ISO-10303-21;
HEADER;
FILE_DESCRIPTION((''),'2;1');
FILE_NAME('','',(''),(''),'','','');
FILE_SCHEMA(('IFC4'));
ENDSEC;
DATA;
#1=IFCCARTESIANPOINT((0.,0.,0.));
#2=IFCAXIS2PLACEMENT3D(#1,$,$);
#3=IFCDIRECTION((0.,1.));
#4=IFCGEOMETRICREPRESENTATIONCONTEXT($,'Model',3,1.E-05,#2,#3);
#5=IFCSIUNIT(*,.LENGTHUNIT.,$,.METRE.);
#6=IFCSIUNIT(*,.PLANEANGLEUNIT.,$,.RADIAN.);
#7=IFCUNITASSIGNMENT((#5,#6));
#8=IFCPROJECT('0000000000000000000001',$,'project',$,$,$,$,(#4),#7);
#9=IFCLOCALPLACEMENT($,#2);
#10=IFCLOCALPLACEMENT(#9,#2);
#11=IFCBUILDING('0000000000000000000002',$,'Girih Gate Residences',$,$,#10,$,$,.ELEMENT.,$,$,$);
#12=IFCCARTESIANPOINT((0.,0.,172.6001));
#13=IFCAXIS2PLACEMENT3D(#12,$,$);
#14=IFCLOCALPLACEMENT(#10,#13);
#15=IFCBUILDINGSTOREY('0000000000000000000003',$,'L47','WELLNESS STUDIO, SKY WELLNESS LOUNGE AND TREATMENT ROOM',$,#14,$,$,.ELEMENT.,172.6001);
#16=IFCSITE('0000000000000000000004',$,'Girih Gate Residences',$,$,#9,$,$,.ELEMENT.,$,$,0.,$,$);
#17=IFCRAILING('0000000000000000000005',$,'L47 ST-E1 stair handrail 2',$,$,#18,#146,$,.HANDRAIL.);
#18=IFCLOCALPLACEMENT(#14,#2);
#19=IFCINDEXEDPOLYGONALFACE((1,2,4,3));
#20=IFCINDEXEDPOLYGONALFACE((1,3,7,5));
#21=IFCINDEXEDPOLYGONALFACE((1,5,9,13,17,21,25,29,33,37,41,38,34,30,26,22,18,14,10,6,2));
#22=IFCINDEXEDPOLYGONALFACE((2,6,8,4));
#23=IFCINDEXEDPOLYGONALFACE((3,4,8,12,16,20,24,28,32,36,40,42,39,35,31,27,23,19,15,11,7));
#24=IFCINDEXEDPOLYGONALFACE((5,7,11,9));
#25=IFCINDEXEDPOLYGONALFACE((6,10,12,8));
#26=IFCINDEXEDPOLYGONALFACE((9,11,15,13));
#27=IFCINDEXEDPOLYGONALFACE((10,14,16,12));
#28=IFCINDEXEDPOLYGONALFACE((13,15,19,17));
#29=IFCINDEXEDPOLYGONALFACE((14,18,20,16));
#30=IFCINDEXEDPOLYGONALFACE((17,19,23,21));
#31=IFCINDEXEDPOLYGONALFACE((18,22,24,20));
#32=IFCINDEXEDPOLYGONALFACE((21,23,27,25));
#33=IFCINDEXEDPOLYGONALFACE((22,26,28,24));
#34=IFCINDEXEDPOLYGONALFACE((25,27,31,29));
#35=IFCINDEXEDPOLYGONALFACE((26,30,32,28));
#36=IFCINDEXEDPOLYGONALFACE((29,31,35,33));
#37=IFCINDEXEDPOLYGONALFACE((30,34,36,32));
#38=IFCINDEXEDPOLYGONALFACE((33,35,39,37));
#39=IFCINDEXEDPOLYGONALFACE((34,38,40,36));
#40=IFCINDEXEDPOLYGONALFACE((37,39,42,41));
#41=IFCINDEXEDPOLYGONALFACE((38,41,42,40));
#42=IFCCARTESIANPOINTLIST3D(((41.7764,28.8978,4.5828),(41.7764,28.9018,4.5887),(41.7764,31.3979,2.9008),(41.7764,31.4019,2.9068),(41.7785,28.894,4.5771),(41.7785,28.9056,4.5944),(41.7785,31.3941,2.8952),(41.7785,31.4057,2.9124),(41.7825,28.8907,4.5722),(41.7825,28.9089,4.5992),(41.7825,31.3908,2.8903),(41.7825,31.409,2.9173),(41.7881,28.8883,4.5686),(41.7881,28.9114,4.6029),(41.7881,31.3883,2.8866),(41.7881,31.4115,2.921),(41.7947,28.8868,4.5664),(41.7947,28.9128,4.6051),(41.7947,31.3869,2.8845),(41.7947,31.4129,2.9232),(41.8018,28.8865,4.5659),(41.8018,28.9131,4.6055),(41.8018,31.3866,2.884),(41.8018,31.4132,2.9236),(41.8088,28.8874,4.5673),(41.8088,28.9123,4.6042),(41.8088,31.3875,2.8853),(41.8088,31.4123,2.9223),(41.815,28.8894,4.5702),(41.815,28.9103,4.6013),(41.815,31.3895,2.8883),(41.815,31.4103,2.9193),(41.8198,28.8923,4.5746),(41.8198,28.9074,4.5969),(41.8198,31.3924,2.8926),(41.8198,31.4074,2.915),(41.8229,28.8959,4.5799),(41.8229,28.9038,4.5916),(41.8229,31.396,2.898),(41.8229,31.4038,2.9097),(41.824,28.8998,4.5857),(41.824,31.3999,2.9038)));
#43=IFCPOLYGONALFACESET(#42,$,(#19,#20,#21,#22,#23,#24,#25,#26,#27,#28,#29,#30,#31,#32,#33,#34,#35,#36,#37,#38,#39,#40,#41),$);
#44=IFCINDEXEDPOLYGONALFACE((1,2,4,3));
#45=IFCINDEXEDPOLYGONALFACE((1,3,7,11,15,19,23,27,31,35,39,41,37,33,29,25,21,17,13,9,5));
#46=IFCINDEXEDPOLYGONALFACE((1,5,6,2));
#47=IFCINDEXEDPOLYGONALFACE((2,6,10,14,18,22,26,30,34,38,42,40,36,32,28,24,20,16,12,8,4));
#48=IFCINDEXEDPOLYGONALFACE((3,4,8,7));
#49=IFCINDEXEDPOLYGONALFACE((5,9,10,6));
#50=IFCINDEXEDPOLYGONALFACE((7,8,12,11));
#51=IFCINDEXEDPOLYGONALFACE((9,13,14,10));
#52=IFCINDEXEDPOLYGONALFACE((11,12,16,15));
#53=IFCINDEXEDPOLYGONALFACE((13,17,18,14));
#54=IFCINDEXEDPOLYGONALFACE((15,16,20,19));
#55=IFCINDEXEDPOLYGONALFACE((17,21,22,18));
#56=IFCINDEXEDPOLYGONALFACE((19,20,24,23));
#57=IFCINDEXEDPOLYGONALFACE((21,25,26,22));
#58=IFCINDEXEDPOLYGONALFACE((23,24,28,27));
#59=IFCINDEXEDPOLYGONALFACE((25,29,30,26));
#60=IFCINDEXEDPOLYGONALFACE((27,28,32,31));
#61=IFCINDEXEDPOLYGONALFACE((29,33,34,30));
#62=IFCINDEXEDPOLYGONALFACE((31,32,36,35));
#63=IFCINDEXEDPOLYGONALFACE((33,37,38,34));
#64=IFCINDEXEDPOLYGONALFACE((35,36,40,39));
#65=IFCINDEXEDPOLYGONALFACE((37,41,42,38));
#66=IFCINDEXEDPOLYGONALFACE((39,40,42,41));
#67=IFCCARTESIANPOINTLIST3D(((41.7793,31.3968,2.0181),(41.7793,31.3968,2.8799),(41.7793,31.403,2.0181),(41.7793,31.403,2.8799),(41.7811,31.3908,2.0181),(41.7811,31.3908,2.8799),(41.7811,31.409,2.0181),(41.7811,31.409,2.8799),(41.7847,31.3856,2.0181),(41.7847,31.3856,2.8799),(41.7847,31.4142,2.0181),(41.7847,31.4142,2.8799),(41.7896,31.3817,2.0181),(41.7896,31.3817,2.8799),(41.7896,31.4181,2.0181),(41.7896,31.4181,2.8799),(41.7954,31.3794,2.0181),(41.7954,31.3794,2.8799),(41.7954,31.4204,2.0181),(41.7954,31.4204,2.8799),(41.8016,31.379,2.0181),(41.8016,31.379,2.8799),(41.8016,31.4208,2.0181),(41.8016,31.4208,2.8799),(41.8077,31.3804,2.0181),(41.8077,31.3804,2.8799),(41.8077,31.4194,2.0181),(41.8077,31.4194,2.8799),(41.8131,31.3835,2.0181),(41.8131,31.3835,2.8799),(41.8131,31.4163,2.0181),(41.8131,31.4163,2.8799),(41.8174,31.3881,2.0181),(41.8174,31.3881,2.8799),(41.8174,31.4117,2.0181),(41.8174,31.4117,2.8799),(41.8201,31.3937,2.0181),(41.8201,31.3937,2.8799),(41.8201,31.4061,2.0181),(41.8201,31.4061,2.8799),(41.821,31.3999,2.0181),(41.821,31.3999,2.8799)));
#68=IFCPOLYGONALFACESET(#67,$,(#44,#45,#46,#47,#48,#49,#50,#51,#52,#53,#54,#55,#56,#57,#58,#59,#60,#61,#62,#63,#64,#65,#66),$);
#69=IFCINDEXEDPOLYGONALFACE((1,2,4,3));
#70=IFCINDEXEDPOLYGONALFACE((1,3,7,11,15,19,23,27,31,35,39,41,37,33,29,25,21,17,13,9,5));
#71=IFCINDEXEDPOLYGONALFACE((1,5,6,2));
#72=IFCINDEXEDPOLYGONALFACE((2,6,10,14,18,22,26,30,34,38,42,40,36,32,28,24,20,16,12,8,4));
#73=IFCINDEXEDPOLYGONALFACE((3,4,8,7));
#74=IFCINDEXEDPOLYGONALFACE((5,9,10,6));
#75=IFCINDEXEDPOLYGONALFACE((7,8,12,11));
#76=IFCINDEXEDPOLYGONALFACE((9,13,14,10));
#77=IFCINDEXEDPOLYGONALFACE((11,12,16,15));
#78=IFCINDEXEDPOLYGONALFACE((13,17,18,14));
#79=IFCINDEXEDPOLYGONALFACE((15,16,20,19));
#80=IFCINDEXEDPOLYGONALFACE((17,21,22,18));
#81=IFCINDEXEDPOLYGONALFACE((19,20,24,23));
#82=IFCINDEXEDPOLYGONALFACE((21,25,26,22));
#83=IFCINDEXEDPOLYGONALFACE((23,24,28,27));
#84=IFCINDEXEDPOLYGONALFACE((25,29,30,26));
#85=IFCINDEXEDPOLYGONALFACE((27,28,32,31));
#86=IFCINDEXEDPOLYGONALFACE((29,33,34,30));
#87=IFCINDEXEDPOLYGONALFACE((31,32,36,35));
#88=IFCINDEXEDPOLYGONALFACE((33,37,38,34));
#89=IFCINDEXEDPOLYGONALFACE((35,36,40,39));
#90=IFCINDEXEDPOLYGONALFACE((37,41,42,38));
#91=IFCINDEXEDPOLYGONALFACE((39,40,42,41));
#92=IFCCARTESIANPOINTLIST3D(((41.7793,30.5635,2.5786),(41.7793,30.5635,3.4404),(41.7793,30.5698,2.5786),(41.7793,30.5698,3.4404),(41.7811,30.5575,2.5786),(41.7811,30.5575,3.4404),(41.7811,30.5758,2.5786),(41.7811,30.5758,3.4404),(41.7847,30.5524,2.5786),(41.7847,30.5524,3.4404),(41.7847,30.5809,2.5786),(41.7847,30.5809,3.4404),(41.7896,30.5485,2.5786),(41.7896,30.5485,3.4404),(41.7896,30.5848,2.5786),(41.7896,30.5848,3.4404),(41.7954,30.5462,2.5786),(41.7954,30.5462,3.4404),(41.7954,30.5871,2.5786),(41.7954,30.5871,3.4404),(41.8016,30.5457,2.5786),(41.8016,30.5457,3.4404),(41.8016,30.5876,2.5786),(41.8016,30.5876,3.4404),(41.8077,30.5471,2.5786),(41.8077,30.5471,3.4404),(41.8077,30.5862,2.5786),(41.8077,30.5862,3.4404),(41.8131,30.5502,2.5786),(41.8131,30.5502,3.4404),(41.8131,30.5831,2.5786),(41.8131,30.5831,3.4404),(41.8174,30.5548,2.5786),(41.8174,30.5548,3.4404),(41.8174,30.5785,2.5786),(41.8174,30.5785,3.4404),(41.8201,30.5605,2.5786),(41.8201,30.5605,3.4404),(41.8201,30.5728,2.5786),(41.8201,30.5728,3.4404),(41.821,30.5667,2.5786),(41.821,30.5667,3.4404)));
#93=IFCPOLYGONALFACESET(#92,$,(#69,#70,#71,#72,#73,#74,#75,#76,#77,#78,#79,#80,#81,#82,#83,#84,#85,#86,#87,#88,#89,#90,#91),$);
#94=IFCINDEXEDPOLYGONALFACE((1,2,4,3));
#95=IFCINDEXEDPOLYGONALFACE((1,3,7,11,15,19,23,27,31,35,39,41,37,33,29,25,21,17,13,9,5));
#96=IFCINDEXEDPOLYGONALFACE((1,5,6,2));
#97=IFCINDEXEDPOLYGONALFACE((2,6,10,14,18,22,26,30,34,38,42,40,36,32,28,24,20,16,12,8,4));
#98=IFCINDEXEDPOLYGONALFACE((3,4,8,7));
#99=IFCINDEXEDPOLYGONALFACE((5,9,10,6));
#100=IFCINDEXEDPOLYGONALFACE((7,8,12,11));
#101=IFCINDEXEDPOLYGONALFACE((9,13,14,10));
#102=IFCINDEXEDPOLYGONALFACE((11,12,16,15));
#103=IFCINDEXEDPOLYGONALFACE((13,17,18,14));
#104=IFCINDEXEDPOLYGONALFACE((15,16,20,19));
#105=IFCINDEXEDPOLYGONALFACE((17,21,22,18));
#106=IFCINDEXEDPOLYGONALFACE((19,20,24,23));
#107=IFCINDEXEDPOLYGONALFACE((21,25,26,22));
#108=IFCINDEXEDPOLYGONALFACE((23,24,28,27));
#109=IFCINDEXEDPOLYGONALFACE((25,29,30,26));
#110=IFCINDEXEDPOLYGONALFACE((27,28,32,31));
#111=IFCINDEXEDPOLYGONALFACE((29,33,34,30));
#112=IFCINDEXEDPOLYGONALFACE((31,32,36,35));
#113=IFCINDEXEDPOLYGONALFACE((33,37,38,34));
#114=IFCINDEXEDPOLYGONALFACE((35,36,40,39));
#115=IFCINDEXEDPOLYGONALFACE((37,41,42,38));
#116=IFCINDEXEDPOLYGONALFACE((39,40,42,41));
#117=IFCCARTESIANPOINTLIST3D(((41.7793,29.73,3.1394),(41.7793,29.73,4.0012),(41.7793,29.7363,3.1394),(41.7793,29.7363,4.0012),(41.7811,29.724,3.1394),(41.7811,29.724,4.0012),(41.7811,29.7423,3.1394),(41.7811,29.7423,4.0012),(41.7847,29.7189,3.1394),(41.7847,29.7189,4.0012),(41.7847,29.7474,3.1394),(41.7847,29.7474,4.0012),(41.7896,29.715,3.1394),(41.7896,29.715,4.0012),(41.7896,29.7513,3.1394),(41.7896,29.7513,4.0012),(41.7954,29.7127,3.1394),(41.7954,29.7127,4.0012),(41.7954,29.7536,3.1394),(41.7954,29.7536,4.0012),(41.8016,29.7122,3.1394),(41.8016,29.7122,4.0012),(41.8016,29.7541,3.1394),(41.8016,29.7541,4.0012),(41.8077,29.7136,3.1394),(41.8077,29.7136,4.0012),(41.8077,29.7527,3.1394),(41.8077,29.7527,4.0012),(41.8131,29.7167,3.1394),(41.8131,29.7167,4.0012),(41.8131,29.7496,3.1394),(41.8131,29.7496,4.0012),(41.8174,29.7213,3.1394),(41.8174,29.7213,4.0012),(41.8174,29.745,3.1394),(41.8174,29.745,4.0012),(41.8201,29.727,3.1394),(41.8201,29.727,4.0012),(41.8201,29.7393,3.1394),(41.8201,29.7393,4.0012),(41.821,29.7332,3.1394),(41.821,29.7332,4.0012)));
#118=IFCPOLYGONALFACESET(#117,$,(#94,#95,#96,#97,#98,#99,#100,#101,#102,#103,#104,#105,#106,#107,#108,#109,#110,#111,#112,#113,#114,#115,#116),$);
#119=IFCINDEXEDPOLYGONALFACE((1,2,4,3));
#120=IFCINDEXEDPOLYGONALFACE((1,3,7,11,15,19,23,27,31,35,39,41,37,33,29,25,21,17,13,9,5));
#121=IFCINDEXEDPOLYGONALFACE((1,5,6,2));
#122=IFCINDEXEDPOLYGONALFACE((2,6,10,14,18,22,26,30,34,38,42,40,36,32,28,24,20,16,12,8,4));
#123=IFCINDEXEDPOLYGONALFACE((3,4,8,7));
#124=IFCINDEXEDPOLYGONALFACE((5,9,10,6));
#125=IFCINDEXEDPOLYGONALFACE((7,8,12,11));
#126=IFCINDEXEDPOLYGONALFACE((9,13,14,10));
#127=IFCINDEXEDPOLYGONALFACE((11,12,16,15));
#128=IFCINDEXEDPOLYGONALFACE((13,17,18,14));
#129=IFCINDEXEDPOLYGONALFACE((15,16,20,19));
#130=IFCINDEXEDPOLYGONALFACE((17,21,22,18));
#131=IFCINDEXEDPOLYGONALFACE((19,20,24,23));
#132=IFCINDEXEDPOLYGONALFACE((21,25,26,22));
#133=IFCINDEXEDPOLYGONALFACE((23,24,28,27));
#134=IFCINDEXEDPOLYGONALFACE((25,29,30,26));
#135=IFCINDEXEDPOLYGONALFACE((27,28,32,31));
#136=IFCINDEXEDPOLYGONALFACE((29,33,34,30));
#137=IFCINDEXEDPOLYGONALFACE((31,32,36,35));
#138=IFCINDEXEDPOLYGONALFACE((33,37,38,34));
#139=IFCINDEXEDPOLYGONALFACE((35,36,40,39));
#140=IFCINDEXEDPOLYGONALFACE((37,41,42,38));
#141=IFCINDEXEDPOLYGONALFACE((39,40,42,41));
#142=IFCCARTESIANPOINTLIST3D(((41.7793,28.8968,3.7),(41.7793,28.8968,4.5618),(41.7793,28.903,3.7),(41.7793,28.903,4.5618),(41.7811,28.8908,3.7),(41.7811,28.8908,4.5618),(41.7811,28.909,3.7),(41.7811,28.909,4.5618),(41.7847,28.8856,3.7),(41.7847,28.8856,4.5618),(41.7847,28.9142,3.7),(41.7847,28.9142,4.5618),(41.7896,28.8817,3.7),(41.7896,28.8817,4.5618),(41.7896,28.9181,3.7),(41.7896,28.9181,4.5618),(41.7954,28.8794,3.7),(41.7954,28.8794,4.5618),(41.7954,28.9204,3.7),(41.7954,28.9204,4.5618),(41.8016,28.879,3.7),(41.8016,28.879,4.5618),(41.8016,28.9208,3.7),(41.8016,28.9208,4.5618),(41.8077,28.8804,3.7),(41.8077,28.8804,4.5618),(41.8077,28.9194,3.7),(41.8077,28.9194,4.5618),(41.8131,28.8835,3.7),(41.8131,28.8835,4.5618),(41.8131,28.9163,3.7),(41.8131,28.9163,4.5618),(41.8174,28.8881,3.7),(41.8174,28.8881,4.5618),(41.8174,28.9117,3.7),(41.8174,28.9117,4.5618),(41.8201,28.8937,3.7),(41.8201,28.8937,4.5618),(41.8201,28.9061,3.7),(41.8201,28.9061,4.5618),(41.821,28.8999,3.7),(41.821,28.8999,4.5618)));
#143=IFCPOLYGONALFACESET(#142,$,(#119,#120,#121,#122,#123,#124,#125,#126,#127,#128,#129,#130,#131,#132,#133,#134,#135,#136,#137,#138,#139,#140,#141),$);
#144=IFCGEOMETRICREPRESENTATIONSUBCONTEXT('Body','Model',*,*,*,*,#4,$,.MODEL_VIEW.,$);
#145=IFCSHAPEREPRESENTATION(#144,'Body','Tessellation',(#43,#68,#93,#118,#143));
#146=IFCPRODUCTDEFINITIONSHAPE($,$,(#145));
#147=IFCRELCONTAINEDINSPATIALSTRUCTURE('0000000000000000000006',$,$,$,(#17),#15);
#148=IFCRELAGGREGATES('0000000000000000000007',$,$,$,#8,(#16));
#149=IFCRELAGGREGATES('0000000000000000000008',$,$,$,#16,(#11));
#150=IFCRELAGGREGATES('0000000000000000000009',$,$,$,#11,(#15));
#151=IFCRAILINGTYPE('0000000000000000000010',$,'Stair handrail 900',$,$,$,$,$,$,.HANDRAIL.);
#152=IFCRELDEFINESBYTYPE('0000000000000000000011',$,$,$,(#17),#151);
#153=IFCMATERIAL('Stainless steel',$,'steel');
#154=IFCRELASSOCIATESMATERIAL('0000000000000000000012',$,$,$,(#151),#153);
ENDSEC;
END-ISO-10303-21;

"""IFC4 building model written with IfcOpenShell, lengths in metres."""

from ifc_helpers import new_model, si_unit, direction, frame, origin, origin_2d, place, context, subcontext, project, spatial, circle, extrude, material, type_object, element, save


model = new_model("IFC4")

# Units and contexts
model_context = context("Model", 3, precision=1e-05, world=origin(), true_north=direction((0.0, 1.0)))
body_context = subcontext(model_context, "Body", "Model", "MODEL_VIEW")
ifc_project = project(units=[si_unit("LENGTHUNIT", "METRE"), si_unit("PLANEANGLEUNIT", "RADIAN")], contexts=[model_context])

# Site, building, storey
site_placement = place(None, origin())
site = spatial("IfcSite", under=ifc_project, at=site_placement, Name="Girih Gate Residences", CompositionType="ELEMENT", RefElevation=0.0)
building_placement = place(site_placement, origin())
building = spatial("IfcBuilding", under=site, at=building_placement, Name="Girih Gate Residences", CompositionType="ELEMENT")
storey_placement = place(building_placement, frame((0.0, 0.0, 172.6001)))
storey = spatial("IfcBuildingStorey", under=building, at=storey_placement, Name="L47", Description="WELLNESS STUDIO, SKY WELLNESS LOUNGE AND TREATMENT ROOM", CompositionType="ELEMENT", Elevation=172.6001)

# Railing
ifc_material_1 = material(Name="Stainless steel", Category="steel")
railing_type_1 = type_object("IfcRailingType", Name="Stair handrail 900", PredefinedType="HANDRAIL", material=ifc_material_1)
railing_1_placement = place(storey_placement, frame((41.8, 31.3999, 2.0181)))
element("IfcRailing", 1, at=railing_1_placement, inside=storey, type_object=railing_type_1, Name="L47 ST-E1 stair handrail 2", PredefinedType="HANDRAIL", context=body_context, shape_type="SweptSolid", body=[
    extrude(circle(Radius=0.0239, at=origin_2d()), frame((0.0, 0.0, 0.8857), z_axis=(0.0, -0.829712, 0.558192), x_axis=(1.0, 0.0, 0.0)), (0.0, 0.0, 1.0), 3.0132),
    extrude(circle(Radius=0.021, at=origin_2d()), origin(), (0.0, 0.0, 1.0), 0.8618),
    extrude(circle(Radius=0.021, at=origin_2d()), frame((0.0, -0.8333, 0.5605)), (0.0, 0.0, 1.0), 0.8618),
    extrude(circle(Radius=0.021, at=origin_2d()), frame((0.0, -1.6667, 1.1213)), (0.0, 0.0, 1.0), 0.8618),
    extrude(circle(Radius=0.021, at=origin_2d()), frame((0.0, -2.5, 1.6819)), (0.0, 0.0, 1.0), 0.8618),
])

save(model, "model.ifc")
